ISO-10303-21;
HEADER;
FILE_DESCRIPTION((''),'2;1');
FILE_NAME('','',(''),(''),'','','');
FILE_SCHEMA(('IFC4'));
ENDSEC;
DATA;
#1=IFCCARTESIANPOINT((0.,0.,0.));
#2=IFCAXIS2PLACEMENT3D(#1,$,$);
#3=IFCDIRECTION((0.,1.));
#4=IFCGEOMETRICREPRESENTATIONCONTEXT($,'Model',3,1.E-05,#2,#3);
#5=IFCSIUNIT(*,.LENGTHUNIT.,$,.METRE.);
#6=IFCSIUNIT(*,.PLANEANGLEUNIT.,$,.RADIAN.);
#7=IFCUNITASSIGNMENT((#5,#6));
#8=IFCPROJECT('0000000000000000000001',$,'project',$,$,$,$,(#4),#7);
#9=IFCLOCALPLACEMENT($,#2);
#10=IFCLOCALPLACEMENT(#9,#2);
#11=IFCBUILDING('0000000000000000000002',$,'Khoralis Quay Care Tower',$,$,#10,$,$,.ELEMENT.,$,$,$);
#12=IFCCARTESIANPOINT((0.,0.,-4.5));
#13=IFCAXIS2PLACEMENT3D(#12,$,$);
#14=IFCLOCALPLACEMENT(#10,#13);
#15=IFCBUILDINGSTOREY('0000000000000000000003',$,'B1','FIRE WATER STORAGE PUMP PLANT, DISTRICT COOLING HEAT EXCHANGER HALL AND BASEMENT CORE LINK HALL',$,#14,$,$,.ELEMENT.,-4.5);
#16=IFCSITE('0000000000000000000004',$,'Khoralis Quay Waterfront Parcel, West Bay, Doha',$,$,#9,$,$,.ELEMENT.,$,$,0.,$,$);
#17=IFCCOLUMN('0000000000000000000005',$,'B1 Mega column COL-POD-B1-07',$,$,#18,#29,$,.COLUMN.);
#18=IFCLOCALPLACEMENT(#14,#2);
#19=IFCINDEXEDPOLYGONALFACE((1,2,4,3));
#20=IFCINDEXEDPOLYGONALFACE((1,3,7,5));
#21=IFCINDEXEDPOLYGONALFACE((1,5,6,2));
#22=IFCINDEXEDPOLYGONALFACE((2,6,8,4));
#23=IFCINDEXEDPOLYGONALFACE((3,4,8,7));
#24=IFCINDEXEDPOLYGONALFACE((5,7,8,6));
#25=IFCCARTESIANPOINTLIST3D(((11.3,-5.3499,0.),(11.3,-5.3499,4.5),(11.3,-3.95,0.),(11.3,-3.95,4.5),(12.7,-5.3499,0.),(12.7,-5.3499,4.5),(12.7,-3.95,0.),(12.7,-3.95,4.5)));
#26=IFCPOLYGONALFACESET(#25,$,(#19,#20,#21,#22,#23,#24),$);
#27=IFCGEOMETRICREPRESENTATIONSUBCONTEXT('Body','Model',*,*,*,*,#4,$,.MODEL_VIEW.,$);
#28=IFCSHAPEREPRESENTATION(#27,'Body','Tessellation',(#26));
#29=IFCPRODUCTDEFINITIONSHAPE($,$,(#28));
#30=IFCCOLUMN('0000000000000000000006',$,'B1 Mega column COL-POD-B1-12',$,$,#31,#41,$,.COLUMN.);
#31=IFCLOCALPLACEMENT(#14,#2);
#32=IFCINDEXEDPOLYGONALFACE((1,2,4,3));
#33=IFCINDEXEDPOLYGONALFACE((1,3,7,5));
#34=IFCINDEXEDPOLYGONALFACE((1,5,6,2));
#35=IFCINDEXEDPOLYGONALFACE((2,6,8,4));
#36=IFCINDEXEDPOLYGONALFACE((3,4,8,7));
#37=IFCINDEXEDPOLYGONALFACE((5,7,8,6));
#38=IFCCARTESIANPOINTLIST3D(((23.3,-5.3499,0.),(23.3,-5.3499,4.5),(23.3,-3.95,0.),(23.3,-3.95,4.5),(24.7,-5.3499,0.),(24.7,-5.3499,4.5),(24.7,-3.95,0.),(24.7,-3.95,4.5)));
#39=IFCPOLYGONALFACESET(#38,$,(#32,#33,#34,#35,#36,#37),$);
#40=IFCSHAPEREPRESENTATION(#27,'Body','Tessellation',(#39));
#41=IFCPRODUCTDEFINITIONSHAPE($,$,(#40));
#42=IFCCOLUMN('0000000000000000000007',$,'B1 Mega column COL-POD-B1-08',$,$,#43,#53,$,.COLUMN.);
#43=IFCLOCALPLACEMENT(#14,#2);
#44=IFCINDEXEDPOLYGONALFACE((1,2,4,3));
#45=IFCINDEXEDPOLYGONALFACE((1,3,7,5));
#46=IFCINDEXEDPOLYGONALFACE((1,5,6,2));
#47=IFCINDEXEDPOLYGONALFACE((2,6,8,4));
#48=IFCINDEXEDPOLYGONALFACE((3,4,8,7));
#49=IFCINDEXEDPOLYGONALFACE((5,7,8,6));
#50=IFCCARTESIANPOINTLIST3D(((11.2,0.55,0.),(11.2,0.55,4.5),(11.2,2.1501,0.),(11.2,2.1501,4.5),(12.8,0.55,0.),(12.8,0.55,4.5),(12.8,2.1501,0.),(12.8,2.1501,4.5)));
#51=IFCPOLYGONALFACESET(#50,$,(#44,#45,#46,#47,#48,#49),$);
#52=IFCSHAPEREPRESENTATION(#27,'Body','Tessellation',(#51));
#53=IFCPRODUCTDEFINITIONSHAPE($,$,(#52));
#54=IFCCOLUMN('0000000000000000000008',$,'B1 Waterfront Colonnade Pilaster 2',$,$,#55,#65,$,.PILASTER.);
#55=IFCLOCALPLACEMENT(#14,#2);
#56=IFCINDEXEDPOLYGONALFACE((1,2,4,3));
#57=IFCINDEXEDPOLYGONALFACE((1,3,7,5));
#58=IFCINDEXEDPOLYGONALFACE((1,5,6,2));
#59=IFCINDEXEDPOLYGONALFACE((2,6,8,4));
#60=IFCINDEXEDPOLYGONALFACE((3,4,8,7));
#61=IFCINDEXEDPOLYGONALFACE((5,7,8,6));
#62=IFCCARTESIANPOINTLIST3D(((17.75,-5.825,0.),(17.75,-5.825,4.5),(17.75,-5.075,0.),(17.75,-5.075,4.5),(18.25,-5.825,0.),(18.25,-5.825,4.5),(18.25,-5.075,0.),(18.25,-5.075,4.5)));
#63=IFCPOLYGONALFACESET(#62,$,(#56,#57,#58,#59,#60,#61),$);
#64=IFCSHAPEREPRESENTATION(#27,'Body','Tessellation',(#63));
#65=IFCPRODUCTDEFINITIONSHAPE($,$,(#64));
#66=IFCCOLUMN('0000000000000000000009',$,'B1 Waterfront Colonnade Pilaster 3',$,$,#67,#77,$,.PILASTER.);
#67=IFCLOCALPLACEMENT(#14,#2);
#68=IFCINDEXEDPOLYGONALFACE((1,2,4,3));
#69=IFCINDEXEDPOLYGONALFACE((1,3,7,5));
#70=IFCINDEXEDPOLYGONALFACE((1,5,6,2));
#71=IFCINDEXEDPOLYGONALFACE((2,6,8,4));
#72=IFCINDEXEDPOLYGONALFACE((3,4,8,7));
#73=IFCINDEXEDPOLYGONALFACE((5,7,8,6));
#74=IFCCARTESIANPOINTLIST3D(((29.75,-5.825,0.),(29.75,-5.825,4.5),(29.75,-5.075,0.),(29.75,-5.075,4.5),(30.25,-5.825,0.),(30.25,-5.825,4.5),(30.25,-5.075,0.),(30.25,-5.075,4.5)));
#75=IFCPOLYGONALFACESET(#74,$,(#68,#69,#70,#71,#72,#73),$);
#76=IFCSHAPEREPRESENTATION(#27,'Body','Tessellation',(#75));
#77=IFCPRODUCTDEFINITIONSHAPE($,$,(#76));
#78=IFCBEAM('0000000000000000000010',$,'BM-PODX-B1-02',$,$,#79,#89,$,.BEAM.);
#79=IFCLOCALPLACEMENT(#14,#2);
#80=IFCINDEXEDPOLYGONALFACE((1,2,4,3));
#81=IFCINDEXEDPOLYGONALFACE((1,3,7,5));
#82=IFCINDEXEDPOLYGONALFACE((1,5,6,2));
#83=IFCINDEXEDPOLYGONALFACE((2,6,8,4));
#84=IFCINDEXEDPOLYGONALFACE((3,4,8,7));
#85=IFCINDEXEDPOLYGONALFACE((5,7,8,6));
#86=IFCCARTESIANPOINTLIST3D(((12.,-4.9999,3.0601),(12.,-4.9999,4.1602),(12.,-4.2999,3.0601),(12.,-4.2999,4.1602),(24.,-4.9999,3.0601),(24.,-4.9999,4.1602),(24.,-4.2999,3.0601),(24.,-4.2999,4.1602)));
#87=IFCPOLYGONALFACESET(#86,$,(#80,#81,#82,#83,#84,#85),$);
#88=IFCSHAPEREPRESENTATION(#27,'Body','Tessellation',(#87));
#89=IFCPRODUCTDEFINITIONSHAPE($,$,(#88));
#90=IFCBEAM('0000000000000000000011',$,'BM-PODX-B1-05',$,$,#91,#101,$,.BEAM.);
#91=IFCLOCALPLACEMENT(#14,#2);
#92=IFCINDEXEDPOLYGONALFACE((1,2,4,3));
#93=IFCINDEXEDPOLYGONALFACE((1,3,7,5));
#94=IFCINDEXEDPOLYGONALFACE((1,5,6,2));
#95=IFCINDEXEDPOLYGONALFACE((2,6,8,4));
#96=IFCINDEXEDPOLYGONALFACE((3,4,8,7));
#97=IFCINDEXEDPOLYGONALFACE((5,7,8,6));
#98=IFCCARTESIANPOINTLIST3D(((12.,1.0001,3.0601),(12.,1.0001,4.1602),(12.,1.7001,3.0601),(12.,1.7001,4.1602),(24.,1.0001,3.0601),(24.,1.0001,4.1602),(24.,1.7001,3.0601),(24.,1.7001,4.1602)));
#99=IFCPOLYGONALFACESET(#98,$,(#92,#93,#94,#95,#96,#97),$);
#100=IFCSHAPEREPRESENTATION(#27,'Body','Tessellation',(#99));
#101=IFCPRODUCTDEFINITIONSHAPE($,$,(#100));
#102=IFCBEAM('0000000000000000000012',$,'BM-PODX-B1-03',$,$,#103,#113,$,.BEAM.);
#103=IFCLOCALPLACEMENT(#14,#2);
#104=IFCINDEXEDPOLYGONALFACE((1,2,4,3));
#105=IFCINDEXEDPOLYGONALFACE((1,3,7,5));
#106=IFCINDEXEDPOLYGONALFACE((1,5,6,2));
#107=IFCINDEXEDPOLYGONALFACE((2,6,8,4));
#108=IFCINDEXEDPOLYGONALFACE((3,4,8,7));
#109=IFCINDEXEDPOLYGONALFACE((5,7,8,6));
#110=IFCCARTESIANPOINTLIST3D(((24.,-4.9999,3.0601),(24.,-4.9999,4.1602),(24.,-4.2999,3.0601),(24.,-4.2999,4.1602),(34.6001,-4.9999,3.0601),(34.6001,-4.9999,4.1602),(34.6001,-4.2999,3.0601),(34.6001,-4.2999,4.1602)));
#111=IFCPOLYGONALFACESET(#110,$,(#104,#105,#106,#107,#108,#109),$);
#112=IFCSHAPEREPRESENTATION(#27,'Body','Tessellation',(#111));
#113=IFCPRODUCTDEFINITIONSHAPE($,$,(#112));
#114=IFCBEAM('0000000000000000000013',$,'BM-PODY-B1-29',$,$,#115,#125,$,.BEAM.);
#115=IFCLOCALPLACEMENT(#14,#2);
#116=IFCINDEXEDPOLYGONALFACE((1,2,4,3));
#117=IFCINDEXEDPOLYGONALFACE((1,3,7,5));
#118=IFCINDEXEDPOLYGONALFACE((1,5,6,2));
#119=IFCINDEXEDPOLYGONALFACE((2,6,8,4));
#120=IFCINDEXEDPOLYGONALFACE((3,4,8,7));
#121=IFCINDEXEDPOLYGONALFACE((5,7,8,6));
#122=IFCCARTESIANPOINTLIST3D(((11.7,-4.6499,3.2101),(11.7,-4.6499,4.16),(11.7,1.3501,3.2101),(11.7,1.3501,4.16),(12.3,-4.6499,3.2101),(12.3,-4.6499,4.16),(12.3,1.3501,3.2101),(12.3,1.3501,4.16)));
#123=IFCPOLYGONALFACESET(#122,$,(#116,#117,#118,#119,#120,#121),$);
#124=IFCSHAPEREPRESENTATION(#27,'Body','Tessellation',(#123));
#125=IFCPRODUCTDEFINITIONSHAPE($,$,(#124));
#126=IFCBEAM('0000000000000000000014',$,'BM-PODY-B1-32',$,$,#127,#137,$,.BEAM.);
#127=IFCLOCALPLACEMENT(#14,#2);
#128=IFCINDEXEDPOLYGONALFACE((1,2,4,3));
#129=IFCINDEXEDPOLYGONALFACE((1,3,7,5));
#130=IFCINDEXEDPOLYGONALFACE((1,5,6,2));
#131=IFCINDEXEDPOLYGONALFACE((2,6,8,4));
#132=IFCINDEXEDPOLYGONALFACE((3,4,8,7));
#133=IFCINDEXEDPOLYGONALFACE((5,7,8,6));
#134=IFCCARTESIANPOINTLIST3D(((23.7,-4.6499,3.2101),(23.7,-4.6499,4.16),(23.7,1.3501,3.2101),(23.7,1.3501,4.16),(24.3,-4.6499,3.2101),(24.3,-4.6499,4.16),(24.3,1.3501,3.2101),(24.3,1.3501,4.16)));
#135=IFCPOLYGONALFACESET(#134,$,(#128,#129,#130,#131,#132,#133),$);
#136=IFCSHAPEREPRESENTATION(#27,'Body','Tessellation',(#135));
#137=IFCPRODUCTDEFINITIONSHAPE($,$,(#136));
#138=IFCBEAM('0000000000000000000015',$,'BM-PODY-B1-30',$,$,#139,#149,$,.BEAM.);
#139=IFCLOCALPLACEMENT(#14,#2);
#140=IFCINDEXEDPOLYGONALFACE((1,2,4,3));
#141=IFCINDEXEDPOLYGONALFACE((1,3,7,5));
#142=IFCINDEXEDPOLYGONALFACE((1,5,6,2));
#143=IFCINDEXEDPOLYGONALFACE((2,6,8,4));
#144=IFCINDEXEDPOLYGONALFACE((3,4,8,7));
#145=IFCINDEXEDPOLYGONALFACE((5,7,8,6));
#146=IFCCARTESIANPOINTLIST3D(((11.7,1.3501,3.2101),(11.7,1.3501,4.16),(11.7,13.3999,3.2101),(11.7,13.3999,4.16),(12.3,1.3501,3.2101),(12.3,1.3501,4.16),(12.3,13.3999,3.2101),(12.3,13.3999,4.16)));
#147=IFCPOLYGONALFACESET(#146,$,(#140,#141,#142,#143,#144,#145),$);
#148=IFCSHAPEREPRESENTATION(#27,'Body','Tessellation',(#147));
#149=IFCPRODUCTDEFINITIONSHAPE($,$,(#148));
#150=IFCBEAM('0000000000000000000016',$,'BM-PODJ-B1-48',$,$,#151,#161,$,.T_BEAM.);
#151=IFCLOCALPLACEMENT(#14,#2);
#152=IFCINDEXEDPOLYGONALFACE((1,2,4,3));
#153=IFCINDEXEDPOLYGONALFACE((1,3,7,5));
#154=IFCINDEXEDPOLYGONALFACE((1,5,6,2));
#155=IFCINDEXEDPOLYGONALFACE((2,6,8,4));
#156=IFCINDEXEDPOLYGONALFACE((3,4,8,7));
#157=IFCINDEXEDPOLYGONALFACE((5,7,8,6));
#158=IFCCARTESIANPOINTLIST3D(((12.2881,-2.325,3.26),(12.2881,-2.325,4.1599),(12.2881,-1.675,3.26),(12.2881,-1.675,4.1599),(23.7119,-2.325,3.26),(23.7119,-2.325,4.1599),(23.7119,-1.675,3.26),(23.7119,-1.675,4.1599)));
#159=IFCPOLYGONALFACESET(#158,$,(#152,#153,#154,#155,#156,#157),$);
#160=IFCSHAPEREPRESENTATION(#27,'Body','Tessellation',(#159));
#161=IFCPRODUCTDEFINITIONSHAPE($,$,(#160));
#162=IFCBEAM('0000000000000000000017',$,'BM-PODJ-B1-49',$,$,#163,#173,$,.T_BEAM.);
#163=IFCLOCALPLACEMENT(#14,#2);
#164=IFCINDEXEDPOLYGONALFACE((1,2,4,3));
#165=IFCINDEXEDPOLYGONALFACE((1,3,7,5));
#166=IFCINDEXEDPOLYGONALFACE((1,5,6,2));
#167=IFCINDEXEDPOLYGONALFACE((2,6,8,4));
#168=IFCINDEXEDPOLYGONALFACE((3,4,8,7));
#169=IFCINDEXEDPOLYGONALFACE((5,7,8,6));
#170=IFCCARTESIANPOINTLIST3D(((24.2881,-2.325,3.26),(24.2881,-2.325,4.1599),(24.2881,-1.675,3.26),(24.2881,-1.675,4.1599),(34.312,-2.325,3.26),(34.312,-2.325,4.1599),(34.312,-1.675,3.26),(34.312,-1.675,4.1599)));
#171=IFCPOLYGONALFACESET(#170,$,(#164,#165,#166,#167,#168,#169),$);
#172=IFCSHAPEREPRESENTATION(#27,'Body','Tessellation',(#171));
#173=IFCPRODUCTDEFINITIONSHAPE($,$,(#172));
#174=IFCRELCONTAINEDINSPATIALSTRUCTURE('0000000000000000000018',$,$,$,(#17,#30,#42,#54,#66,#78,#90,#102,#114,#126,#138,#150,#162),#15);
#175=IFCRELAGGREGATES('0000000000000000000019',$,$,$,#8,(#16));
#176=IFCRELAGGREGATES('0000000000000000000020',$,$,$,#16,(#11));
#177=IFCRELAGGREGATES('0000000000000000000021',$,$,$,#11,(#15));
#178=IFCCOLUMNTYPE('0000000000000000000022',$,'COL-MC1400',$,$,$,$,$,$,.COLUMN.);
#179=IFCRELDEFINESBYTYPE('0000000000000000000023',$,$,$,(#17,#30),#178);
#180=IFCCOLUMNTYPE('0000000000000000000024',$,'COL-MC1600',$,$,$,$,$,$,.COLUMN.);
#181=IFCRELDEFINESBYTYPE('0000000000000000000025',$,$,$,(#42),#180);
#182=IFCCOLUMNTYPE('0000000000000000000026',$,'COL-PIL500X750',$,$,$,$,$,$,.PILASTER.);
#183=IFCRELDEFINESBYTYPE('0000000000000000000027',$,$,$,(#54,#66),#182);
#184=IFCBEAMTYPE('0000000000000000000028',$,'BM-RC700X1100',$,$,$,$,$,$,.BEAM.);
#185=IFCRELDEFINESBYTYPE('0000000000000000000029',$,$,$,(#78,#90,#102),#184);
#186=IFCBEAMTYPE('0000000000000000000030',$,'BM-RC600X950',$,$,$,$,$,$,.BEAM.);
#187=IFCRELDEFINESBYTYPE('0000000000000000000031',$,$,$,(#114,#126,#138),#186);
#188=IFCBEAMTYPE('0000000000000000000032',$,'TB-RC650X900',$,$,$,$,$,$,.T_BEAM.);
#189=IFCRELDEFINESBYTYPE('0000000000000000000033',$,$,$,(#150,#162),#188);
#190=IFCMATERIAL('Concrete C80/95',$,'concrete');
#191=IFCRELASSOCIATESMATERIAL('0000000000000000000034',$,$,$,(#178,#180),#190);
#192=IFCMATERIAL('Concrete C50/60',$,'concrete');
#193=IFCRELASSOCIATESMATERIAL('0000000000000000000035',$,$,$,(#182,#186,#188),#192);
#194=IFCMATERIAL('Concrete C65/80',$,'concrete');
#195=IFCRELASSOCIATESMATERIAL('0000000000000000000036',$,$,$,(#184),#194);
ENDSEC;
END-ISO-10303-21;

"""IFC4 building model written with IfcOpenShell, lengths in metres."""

from ifc_helpers import new_model, si_unit, direction, frame, origin, origin_2d, place, context, subcontext, project, spatial, rectangle, extrude, source, transform, mapped, material, material_profile, profile_set, type_object, element, save


model = new_model("IFC4")

# Units and contexts
model_context = context("Model", 3, precision=1e-05, world=origin(), true_north=direction((0.0, 1.0)))
body_context = subcontext(model_context, "Body", "Model", "MODEL_VIEW")
ifc_project = project(units=[si_unit("LENGTHUNIT", "METRE"), si_unit("PLANEANGLEUNIT", "RADIAN")], contexts=[model_context])

# Site, building, storey
site_placement = place(None, origin())
site = spatial("IfcSite", under=ifc_project, at=site_placement, Name="Khoralis Quay Waterfront Parcel, West Bay, Doha", CompositionType="ELEMENT", RefElevation=0.0)
building_placement = place(site_placement, origin())
building = spatial("IfcBuilding", under=site, at=building_placement, Name="Khoralis Quay Care Tower", CompositionType="ELEMENT")
storey_placement = place(building_placement, frame((0.0, 0.0, -4.5)))
storey = spatial("IfcBuildingStorey", under=building, at=storey_placement, Name="B1", Description="FIRE WATER STORAGE PUMP PLANT, DISTRICT COOLING HEAT EXCHANGER HALL AND BASEMENT CORE LINK HALL", CompositionType="ELEMENT", Elevation=-4.5)

# Shared definitions
ifc_material_1 = material(Name="Concrete C50/60", Category="concrete")

# Columns
ifc_material_2 = material(Name="Concrete C80/95", Category="concrete")
ifc_material_profile_1 = material_profile(ifc_material_2, rectangle(XDim=1.3999, YDim=1.3999, at=origin_2d()), Name="Concrete C80/95")
ifc_profile_set_1 = profile_set([ifc_material_profile_1], Name="Concrete C80/95")
column_type_1 = type_object("IfcColumnType", Name="COL-MC1400", PredefinedType="COLUMN", material=ifc_profile_set_1)
shared_shape_1 = source(origin(), body_context, "Body", "SweptSolid", [
    extrude(rectangle(XDim=1.3999, YDim=1.3999, at=origin_2d()), origin(), (0.0, 0.0, 1.0), 4.5),
])
for number, where, z_axis, x_axis, name in (
    (1, (12.0, -4.6499, 0.0), (0.0, 0.0, 1.0), (1.0, 0.0, 0.0), "B1 Mega column COL-POD-B1-07"),
    (2, (24.0, -4.6499, 0.0), (0.0, 0.0, 1.0), (1.0, 0.0, 0.0), "B1 Mega column COL-POD-B1-12"),
):
    element("IfcColumn", number, at=place(storey_placement, frame(where, z_axis=z_axis, x_axis=x_axis)), inside=storey, type_object=column_type_1, Name=name, PredefinedType="COLUMN", context=body_context, shape_type="MappedRepresentation", body=[
        mapped(shared_shape_1, transform((0.0, 0.0, 0.0), scale=1.0)),
    ])
ifc_material_profile_2 = material_profile(ifc_material_2, rectangle(XDim=1.6001, YDim=1.6001, at=origin_2d()), Name="Concrete C80/95")
ifc_profile_set_2 = profile_set([ifc_material_profile_2], Name="Concrete C80/95")
column_type_2 = type_object("IfcColumnType", Name="COL-MC1600", PredefinedType="COLUMN", material=ifc_profile_set_2)
shared_shape_2 = source(origin(), body_context, "Body", "SweptSolid", [
    extrude(rectangle(XDim=1.6001, YDim=1.6001, at=origin_2d()), origin(), (0.0, 0.0, 1.0), 4.5),
])
column_placement = place(storey_placement, frame((12.0, 1.3501, 0.0), z_axis=(0.0, 0.0, 1.0), x_axis=(1.0, 0.0, 0.0)))
element("IfcColumn", 3, at=column_placement, inside=storey, type_object=column_type_2, Name="B1 Mega column COL-POD-B1-08", PredefinedType="COLUMN", context=body_context, shape_type="MappedRepresentation", body=[
    mapped(shared_shape_2, transform((0.0, 0.0, 0.0), scale=1.0)),
])
ifc_material_profile_3 = material_profile(ifc_material_1, rectangle(XDim=0.5, YDim=0.75, at=origin_2d()), Name="Concrete C50/60")
ifc_profile_set_3 = profile_set([ifc_material_profile_3], Name="Concrete C50/60")
column_type_3 = type_object("IfcColumnType", Name="COL-PIL500X750", PredefinedType="PILASTER", material=ifc_profile_set_3)
shared_shape_3 = source(origin(), body_context, "Body", "SweptSolid", [
    extrude(rectangle(XDim=0.5, YDim=0.75, at=origin_2d()), origin(), (0.0, 0.0, 1.0), 4.5),
])
for number, where, z_axis, x_axis, name in (
    (4, (18.0, -5.45, 0.0), (0.0, 0.0, 1.0), (1.0, 0.0, 0.0), "B1 Waterfront Colonnade Pilaster 2"),
    (5, (30.0, -5.45, 0.0), (0.0, 0.0, 1.0), (1.0, 0.0, 0.0), "B1 Waterfront Colonnade Pilaster 3"),
):
    element("IfcColumn", number, at=place(storey_placement, frame(where, z_axis=z_axis, x_axis=x_axis)), inside=storey, type_object=column_type_3, Name=name, PredefinedType="PILASTER", context=body_context, shape_type="MappedRepresentation", body=[
        mapped(shared_shape_3, transform((0.0, 0.0, 0.0), scale=1.0)),
    ])

# Beams
ifc_material_3 = material(Name="Concrete C65/80", Category="concrete")
ifc_material_profile_4 = material_profile(ifc_material_3, rectangle(XDim=0.7, YDim=1.1001, at=origin_2d()), Name="Concrete C65/80")
ifc_profile_set_4 = profile_set([ifc_material_profile_4], Name="Concrete C65/80")
beam_type_1 = type_object("IfcBeamType", Name="BM-RC700X1100", PredefinedType="BEAM", material=ifc_profile_set_4)
shared_shape_4 = source(origin(), body_context, "Body", "SweptSolid", [
    extrude(rectangle(XDim=0.7, YDim=1.1001, at=origin_2d()), origin(), (0.0, 0.0, 1.0), 12.0),
])
for number, where, z_axis, x_axis, name in (
    (6, (12.0, -4.6499, 3.6101), (1.0, 0.0, 0.0), (0.0, 1.0, 0.0), "BM-PODX-B1-02"),
    (7, (12.0, 1.3501, 3.6101), (1.0, 0.0, 0.0), (0.0, 1.0, 0.0), "BM-PODX-B1-05"),
):
    element("IfcBeam", number, at=place(storey_placement, frame(where, z_axis=z_axis, x_axis=x_axis)), inside=storey, type_object=beam_type_1, Name=name, PredefinedType="BEAM", context=body_context, shape_type="MappedRepresentation", body=[
        mapped(shared_shape_4, transform((0.0, 0.0, 0.0), scale=1.0)),
    ])
shared_shape_5 = source(origin(), body_context, "Body", "SweptSolid", [
    extrude(rectangle(XDim=0.7, YDim=1.1001, at=origin_2d()), origin(), (0.0, 0.0, 1.0), 10.6001),
])
beam_1_placement = place(storey_placement, frame((24.0, -4.6499, 3.6101), z_axis=(1.0, 0.0, 0.0), x_axis=(0.0, 1.0, 0.0)))
element("IfcBeam", 8, at=beam_1_placement, inside=storey, type_object=beam_type_1, Name="BM-PODX-B1-03", PredefinedType="BEAM", context=body_context, shape_type="MappedRepresentation", body=[
    mapped(shared_shape_5, transform((0.0, 0.0, 0.0), scale=1.0)),
])
ifc_material_profile_5 = material_profile(ifc_material_1, rectangle(XDim=0.6001, YDim=0.95, at=origin_2d()), Name="Concrete C50/60")
ifc_profile_set_5 = profile_set([ifc_material_profile_5], Name="Concrete C50/60")
beam_type_2 = type_object("IfcBeamType", Name="BM-RC600X950", PredefinedType="BEAM", material=ifc_profile_set_5)
shared_shape_6 = source(origin(), body_context, "Body", "SweptSolid", [
    extrude(rectangle(XDim=0.6001, YDim=0.95, at=origin_2d()), origin(), (0.0, 0.0, 1.0), 6.0),
])
for number, where, z_axis, x_axis, name in (
    (9, (12.0, -4.6499, 3.6851), (0.0, 1.0, 0.0), (-1.0, 0.0, 0.0), "BM-PODY-B1-29"),
    (10, (24.0, -4.6499, 3.6851), (0.0, 1.0, 0.0), (-1.0, 0.0, 0.0), "BM-PODY-B1-32"),
):
    element("IfcBeam", number, at=place(storey_placement, frame(where, z_axis=z_axis, x_axis=x_axis)), inside=storey, type_object=beam_type_2, Name=name, PredefinedType="BEAM", context=body_context, shape_type="MappedRepresentation", body=[
        mapped(shared_shape_6, transform((0.0, 0.0, 0.0), scale=1.0)),
    ])
shared_shape_7 = source(origin(), body_context, "Body", "SweptSolid", [
    extrude(rectangle(XDim=0.6001, YDim=0.95, at=origin_2d()), origin(), (0.0, 0.0, 1.0), 12.0498),
])
beam_2_placement = place(storey_placement, frame((12.0, 1.3501, 3.6851), z_axis=(0.0, 1.0, 0.0), x_axis=(-1.0, 0.0, 0.0)))
element("IfcBeam", 11, at=beam_2_placement, inside=storey, type_object=beam_type_2, Name="BM-PODY-B1-30", PredefinedType="BEAM", context=body_context, shape_type="MappedRepresentation", body=[
    mapped(shared_shape_7, transform((0.0, 0.0, 0.0), scale=1.0)),
])
ifc_material_profile_6 = material_profile(ifc_material_1, rectangle(XDim=0.6499, YDim=0.8999, at=origin_2d()), Name="Concrete C50/60")
ifc_profile_set_6 = profile_set([ifc_material_profile_6], Name="Concrete C50/60")
beam_type_3 = type_object("IfcBeamType", Name="TB-RC650X900", PredefinedType="T_BEAM", material=ifc_profile_set_6)
shared_shape_8 = source(origin(), body_context, "Body", "SweptSolid", [
    extrude(rectangle(XDim=0.6499, YDim=0.8999, at=origin_2d()), origin(), (0.0, 0.0, 1.0), 11.4238),
])
beam_3_placement = place(storey_placement, frame((12.2881, -2.0, 3.71), z_axis=(1.0, 0.0, 0.0), x_axis=(0.0, 1.0, 0.0)))
element("IfcBeam", 12, at=beam_3_placement, inside=storey, type_object=beam_type_3, Name="BM-PODJ-B1-48", PredefinedType="T_BEAM", context=body_context, shape_type="MappedRepresentation", body=[
    mapped(shared_shape_8, transform((0.0, 0.0, 0.0), scale=1.0)),
])
shared_shape_9 = source(origin(), body_context, "Body", "SweptSolid", [
    extrude(rectangle(XDim=0.6499, YDim=0.8999, at=origin_2d()), origin(), (0.0, 0.0, 1.0), 10.0239),
])
beam_4_placement = place(storey_placement, frame((24.2881, -2.0, 3.71), z_axis=(1.0, 0.0, 0.0), x_axis=(0.0, 1.0, 0.0)))
element("IfcBeam", 13, at=beam_4_placement, inside=storey, type_object=beam_type_3, Name="BM-PODJ-B1-49", PredefinedType="T_BEAM", context=body_context, shape_type="MappedRepresentation", body=[
    mapped(shared_shape_9, transform((0.0, 0.0, 0.0), scale=1.0)),
])

save(model, "model.ifc")
